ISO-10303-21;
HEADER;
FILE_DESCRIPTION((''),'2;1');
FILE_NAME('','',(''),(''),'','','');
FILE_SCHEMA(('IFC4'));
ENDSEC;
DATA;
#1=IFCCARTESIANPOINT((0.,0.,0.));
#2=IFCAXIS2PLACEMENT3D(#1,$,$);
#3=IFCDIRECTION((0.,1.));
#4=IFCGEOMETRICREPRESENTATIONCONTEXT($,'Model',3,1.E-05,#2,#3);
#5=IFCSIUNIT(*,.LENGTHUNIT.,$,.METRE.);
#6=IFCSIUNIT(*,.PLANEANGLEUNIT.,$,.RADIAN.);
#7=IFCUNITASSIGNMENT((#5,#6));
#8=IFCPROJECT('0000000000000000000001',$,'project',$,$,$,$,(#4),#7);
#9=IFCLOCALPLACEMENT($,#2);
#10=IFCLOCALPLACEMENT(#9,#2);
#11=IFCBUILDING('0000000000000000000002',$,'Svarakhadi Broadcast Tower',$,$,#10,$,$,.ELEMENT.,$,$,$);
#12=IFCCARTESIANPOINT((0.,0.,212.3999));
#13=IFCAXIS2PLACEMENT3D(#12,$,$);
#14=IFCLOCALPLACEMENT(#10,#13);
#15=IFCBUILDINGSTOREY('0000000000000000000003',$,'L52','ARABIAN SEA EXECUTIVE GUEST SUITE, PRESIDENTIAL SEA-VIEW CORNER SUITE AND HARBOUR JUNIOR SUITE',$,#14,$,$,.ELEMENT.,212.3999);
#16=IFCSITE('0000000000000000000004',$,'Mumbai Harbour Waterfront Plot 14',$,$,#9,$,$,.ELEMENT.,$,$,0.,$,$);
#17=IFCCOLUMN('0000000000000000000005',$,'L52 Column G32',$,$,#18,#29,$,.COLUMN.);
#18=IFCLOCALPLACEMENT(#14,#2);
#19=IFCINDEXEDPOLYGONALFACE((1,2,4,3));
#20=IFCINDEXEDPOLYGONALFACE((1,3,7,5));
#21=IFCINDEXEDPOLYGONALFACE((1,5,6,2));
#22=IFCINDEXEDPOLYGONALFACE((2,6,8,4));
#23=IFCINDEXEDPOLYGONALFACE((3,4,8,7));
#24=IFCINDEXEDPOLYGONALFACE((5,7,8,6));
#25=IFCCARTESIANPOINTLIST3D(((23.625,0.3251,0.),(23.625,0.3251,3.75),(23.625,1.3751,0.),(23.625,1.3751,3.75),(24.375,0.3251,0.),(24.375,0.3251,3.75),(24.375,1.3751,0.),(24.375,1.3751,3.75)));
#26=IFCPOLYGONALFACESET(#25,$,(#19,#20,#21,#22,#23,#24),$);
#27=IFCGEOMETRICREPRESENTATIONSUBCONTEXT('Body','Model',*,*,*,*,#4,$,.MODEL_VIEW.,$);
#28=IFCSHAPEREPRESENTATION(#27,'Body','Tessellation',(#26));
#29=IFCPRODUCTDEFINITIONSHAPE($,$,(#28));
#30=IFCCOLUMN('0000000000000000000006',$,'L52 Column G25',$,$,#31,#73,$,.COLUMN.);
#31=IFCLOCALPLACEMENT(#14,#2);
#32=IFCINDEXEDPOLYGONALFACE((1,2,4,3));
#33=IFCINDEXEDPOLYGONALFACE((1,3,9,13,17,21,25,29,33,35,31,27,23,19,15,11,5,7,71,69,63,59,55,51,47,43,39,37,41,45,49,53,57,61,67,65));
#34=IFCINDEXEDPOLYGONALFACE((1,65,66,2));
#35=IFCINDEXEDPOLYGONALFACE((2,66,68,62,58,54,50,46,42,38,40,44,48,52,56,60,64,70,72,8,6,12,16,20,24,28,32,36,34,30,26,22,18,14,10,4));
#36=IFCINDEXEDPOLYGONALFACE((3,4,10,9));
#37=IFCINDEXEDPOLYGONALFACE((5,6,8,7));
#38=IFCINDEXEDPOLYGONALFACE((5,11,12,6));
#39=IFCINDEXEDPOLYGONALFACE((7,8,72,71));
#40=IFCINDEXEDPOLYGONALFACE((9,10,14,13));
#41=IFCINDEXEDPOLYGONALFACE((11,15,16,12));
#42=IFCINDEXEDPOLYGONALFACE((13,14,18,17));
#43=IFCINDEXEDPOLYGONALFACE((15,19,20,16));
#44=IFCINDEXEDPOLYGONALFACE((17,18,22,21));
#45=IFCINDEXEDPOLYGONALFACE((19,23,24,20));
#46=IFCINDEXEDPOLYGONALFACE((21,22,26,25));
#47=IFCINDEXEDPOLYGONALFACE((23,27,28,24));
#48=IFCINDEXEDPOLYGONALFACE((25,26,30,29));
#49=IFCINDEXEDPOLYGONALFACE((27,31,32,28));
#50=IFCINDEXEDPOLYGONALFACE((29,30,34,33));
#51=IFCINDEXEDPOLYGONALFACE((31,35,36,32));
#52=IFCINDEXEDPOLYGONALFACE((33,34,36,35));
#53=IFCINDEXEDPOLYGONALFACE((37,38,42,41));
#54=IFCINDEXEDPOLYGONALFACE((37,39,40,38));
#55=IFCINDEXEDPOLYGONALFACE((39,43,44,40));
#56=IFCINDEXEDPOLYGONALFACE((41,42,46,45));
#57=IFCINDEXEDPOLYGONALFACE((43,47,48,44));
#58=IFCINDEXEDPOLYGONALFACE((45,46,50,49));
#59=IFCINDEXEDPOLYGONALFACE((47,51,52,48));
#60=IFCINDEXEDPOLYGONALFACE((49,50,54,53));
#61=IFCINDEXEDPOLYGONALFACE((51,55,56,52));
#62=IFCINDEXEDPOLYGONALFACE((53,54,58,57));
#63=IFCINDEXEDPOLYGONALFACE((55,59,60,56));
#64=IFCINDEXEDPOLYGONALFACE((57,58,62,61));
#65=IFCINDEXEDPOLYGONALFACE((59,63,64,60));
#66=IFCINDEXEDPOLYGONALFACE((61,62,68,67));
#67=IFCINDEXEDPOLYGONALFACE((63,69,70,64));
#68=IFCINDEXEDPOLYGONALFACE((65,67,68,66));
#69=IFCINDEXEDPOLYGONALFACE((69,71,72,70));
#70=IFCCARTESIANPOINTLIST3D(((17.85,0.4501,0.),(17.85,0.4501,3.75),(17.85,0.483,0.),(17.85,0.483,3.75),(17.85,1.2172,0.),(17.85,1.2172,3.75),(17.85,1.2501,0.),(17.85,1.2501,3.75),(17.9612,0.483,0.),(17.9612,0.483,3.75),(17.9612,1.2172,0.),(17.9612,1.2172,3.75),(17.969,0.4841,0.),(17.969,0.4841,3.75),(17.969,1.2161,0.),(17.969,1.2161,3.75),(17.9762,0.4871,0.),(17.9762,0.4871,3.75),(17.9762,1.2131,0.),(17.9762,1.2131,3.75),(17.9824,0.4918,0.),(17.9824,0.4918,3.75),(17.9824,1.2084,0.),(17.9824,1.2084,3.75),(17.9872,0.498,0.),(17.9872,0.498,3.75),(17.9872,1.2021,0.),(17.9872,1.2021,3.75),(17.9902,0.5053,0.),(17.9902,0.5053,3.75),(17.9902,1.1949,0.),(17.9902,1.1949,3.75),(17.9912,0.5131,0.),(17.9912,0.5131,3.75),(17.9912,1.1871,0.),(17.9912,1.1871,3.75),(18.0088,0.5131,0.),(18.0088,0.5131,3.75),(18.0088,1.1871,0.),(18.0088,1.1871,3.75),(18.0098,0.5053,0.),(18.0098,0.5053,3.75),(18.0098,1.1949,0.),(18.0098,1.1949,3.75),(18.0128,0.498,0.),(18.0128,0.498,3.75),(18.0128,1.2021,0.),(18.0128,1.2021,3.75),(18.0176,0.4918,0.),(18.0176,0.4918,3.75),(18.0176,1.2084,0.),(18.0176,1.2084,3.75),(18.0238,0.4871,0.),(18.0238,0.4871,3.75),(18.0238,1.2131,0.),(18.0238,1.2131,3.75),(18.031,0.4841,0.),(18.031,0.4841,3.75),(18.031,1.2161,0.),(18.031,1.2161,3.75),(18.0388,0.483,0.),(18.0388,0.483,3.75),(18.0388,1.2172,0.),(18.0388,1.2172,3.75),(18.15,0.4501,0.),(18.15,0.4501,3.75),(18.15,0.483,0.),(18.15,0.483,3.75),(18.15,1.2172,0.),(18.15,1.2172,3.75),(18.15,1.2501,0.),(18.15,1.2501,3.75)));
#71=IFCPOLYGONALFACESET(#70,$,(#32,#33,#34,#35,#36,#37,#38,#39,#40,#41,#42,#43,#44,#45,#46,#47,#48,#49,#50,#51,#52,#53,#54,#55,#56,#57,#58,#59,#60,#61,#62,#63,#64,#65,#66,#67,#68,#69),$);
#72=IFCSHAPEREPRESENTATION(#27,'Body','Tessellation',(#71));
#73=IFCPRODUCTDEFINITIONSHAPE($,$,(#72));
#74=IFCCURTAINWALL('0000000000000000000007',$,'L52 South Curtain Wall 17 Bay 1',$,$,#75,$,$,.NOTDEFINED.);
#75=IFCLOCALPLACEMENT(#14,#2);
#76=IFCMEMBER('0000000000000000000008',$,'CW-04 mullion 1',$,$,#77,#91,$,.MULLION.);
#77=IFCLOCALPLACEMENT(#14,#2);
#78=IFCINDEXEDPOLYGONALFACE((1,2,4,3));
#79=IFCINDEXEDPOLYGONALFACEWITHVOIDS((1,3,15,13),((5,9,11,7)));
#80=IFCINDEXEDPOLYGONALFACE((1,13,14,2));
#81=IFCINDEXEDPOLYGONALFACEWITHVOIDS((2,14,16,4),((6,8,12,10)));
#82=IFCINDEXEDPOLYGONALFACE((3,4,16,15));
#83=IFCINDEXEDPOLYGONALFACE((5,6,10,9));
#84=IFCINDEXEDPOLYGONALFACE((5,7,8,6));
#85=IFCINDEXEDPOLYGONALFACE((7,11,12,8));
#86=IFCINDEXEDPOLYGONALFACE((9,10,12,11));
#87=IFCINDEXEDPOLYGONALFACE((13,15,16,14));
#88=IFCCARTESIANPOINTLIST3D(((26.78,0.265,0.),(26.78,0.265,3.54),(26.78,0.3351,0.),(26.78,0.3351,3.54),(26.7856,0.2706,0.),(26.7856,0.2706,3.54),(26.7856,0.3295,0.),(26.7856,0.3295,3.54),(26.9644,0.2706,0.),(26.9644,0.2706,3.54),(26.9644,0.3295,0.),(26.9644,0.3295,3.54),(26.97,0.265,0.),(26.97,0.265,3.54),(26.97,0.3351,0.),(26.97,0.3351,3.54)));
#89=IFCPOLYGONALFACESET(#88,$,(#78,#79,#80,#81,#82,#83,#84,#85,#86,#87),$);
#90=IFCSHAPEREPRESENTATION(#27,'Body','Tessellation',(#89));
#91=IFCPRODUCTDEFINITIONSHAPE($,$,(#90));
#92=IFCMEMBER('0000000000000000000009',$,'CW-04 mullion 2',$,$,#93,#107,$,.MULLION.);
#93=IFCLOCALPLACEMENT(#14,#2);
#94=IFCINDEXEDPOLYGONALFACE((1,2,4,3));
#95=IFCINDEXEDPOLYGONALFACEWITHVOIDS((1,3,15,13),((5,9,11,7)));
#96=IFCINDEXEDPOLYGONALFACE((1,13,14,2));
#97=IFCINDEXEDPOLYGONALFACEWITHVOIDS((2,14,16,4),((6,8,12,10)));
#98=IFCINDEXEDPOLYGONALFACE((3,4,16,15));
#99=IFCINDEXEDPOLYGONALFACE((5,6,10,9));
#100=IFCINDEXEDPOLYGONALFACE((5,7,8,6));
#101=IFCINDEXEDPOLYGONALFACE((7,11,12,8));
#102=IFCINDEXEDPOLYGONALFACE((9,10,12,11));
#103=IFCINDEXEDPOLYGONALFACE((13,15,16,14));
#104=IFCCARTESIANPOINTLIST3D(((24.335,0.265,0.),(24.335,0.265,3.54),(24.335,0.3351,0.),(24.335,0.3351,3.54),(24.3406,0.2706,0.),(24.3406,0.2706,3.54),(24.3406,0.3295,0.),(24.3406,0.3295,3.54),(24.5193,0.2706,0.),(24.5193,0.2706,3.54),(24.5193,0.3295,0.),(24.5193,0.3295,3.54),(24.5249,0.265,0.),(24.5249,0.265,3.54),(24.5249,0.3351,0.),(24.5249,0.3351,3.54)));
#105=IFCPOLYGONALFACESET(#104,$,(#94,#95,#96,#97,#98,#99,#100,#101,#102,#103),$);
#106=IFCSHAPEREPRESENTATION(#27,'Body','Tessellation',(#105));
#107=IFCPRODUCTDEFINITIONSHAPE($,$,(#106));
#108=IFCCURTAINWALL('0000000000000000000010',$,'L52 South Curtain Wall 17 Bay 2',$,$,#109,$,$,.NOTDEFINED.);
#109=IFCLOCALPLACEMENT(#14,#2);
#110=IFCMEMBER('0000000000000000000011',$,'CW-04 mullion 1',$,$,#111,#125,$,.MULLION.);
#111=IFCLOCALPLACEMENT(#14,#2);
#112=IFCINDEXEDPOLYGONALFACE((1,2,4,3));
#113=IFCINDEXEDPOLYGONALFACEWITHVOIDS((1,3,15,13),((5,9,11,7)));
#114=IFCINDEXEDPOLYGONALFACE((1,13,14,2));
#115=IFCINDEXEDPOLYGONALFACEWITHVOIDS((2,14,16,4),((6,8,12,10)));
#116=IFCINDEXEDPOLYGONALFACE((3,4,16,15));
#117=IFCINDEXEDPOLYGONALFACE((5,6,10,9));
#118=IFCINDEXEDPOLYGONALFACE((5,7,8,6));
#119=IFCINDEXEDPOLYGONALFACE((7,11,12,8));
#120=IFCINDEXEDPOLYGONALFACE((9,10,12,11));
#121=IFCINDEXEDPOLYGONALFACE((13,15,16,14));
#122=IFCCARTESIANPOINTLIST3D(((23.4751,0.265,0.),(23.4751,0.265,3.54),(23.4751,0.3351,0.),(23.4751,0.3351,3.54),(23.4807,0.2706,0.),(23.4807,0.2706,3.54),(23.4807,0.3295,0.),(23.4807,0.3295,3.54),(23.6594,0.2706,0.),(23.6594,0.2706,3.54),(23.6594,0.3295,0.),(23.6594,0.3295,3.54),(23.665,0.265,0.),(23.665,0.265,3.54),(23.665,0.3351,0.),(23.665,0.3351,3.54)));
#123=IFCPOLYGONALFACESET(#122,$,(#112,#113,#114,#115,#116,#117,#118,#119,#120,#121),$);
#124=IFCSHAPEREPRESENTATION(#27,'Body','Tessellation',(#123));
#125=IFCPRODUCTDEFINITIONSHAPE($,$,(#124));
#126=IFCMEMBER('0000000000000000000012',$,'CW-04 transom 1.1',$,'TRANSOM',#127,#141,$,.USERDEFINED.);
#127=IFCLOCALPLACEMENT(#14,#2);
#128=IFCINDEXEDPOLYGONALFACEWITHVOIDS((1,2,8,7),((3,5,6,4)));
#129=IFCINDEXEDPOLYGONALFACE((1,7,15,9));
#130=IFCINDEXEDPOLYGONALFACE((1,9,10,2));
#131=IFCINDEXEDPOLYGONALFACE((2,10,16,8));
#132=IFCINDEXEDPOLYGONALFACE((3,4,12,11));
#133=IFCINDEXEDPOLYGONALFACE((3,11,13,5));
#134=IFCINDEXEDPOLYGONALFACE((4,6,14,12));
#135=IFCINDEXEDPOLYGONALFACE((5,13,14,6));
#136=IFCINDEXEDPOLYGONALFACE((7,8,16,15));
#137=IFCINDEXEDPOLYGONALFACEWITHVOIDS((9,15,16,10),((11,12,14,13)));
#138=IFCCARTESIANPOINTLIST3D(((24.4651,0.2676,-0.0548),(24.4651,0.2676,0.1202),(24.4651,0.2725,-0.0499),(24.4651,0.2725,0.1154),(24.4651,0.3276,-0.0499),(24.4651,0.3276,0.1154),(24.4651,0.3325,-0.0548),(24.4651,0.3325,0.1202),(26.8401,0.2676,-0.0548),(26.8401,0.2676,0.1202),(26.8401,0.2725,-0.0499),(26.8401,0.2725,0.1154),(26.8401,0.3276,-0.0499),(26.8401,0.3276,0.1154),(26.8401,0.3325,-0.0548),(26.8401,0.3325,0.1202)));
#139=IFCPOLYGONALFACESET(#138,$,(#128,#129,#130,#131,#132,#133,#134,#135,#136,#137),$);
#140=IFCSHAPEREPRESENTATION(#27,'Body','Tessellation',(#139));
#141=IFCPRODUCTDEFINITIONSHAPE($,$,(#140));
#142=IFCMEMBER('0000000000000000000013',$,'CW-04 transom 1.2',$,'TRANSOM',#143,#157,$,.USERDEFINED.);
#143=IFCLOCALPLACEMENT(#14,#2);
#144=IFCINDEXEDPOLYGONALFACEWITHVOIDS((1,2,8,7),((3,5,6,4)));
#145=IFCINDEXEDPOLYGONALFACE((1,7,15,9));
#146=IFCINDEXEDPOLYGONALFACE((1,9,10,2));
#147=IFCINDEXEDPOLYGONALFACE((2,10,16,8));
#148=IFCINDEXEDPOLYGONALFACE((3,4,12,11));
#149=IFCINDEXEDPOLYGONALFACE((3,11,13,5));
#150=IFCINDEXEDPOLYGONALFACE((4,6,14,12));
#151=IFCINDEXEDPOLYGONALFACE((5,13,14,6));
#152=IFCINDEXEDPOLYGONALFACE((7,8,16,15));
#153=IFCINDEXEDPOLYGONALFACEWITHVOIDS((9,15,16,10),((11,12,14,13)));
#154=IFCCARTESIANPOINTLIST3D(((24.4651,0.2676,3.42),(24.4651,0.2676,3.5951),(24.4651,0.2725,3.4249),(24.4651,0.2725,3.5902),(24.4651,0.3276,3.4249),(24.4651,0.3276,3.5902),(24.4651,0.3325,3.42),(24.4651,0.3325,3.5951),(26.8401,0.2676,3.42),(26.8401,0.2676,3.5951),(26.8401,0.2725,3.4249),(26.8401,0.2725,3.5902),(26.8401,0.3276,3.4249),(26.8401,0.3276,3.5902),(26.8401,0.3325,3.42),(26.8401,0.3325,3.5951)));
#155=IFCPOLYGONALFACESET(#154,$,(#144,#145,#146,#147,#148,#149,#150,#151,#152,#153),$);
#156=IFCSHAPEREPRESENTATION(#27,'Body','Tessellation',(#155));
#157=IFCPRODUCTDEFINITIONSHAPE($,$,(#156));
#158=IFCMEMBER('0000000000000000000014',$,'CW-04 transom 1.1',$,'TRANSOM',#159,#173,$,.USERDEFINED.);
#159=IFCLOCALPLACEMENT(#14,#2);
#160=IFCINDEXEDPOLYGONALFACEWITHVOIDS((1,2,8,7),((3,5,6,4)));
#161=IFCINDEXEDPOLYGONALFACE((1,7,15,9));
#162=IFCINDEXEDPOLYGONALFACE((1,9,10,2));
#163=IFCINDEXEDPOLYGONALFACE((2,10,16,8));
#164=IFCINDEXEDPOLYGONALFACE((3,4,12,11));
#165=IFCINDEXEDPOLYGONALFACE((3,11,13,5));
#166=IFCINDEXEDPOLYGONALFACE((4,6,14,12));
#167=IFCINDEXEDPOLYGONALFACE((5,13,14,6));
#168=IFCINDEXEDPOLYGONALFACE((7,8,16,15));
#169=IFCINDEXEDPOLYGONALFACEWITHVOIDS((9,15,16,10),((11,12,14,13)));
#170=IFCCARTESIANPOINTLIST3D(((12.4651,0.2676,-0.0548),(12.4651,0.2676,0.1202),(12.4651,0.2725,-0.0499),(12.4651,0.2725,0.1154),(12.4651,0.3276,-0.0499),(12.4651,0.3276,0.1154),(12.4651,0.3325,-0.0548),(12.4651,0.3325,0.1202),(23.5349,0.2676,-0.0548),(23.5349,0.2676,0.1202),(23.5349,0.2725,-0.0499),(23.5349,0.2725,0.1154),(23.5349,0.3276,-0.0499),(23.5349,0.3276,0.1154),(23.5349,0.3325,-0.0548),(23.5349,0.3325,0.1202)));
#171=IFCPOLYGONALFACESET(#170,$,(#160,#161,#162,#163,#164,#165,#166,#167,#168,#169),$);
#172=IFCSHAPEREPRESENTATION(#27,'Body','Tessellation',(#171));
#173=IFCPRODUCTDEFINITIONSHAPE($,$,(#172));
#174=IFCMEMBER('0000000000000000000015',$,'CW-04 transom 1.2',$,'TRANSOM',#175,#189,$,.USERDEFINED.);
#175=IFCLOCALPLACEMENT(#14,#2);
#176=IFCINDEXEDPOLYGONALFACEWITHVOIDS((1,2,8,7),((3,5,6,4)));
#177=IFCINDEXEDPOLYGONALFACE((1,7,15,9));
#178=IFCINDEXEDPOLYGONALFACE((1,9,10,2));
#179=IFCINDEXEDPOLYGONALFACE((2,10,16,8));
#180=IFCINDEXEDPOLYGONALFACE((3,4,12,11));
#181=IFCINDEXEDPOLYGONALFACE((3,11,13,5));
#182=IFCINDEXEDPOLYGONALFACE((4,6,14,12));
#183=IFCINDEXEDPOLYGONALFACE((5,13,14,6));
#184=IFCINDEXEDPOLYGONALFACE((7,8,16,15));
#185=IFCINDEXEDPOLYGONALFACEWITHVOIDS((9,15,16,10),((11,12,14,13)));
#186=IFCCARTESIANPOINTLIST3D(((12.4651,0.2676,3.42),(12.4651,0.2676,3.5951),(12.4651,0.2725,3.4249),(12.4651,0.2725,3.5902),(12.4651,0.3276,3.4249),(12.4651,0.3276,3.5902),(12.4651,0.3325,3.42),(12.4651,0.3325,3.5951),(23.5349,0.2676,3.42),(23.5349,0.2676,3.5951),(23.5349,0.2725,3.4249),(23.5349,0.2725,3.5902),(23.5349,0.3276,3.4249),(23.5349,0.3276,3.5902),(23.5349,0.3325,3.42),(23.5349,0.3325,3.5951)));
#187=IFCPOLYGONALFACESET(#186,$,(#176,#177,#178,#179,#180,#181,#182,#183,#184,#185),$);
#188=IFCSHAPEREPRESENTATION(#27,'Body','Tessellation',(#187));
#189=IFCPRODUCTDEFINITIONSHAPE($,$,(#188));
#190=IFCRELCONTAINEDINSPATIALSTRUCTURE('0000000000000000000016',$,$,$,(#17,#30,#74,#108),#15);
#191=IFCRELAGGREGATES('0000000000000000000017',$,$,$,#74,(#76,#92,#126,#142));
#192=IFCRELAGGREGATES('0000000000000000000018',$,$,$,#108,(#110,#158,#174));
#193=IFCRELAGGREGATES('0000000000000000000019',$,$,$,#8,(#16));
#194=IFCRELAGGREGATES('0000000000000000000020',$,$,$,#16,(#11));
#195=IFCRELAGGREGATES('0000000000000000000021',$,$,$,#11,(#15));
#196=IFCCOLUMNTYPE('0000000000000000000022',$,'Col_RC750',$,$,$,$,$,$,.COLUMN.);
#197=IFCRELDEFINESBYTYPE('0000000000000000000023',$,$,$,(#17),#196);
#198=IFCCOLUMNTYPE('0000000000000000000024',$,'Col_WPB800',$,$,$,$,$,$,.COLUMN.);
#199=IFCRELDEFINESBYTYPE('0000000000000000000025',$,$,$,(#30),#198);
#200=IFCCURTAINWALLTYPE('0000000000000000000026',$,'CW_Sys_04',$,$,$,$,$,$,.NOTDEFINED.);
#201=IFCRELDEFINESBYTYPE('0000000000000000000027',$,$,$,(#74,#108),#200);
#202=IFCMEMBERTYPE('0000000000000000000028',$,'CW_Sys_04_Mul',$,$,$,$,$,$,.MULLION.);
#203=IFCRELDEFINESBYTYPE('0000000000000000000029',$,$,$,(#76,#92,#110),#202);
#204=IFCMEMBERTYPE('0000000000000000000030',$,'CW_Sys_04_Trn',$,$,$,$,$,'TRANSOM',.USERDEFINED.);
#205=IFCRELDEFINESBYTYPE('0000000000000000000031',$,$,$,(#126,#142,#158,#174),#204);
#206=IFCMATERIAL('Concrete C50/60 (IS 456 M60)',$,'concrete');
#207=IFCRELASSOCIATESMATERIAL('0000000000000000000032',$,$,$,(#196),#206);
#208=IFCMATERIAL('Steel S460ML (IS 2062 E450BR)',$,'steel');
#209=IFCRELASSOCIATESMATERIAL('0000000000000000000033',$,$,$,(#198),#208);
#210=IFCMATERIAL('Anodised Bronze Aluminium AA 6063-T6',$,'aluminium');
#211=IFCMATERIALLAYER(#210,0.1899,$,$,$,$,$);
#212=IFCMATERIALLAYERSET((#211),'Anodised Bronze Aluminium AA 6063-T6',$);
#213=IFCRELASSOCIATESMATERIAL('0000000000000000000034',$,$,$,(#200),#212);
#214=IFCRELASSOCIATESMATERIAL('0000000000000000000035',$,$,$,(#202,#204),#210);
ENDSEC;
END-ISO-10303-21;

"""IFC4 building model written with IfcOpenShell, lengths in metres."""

from ifc_helpers import new_model, si_unit, direction, frame, origin, origin_2d, place, context, subcontext, project, spatial, rectangle, hollow_rectangle, i_section, extrude, material, layer, layer_set, material_profile, profile_set, type_object, element, aggregate, save


model = new_model("IFC4")

# Units and contexts
model_context = context("Model", 3, precision=1e-05, world=origin(), true_north=direction((0.0, 1.0)))
body_context = subcontext(model_context, "Body", "Model", "MODEL_VIEW")
ifc_project = project(units=[si_unit("LENGTHUNIT", "METRE"), si_unit("PLANEANGLEUNIT", "RADIAN")], contexts=[model_context])

# Site, building, storey
site_placement = place(None, origin())
site = spatial("IfcSite", under=ifc_project, at=site_placement, Name="Mumbai Harbour Waterfront Plot 14", CompositionType="ELEMENT", RefElevation=0.0)
building_placement = place(site_placement, origin())
building = spatial("IfcBuilding", under=site, at=building_placement, Name="Svarakhadi Broadcast Tower", CompositionType="ELEMENT")
storey_placement = place(building_placement, frame((0.0, 0.0, 212.3999)))
storey = spatial("IfcBuildingStorey", under=building, at=storey_placement, Name="L52", Description="ARABIAN SEA EXECUTIVE GUEST SUITE, PRESIDENTIAL SEA-VIEW CORNER SUITE AND HARBOUR JUNIOR SUITE", CompositionType="ELEMENT", Elevation=212.3999)

# Columns
ifc_material_1 = material(Name="Concrete C50/60 (IS 456 M60)", Category="concrete")
ifc_material_profile_1 = material_profile(ifc_material_1, rectangle(XDim=0.75, YDim=1.05, at=origin_2d()), Name="RC 750x1050")
ifc_profile_set_1 = profile_set([ifc_material_profile_1], Name="Concrete C50/60 (IS 456 M60)")
column_type_1 = type_object("IfcColumnType", Name="Col_RC750", PredefinedType="COLUMN", material=ifc_profile_set_1)
column_1_placement = place(storey_placement, frame((24.0, 0.8501, 0.0), z_axis=(0.0, 0.0, 1.0), x_axis=(1.0, 0.0, 0.0)))
element("IfcColumn", 1, at=column_1_placement, inside=storey, type_object=column_type_1, Name="L52 Column G32", PredefinedType="COLUMN", context=body_context, shape_type="SweptSolid", body=[
    extrude(rectangle(XDim=0.75, YDim=1.05, at=origin_2d()), origin(), (0.0, 0.0, 1.0), 3.75),
])
ifc_material_2 = material(Name="Steel S460ML (IS 2062 E450BR)", Category="steel")
ifc_material_profile_2 = material_profile(ifc_material_2, i_section(OverallWidth=0.3, OverallDepth=0.8, WebThickness=0.0176, FlangeThickness=0.033, FilletRadius=0.03, at=origin_2d()), Name="WPB 800x300x262")
ifc_profile_set_2 = profile_set([ifc_material_profile_2], Name="Steel S460ML (IS 2062 E450BR)")
column_type_2 = type_object("IfcColumnType", Name="Col_WPB800", PredefinedType="COLUMN", material=ifc_profile_set_2)
column_2_placement = place(storey_placement, frame((18.0, 0.8501, 0.0), z_axis=(0.0, 0.0, 1.0), x_axis=(1.0, 0.0, 0.0)))
element("IfcColumn", 2, at=column_2_placement, inside=storey, type_object=column_type_2, Name="L52 Column G25", PredefinedType="COLUMN", context=body_context, shape_type="SweptSolid", body=[
    extrude(i_section(OverallWidth=0.3, OverallDepth=0.8, WebThickness=0.0176, FlangeThickness=0.033, FilletRadius=0.03, at=origin_2d()), origin(), (0.0, 0.0, 1.0), 3.75),
])

# Curtain wall, members
ifc_material_3 = material(Name="Anodised Bronze Aluminium AA 6063-T6", Category="aluminium")
ifc_layer_1 = layer(ifc_material_3, 0.1899)
ifc_layer_set_1 = layer_set([ifc_layer_1], Name="Anodised Bronze Aluminium AA 6063-T6")
curtain_wall_type = type_object("IfcCurtainWallType", Name="CW_Sys_04", PredefinedType="NOTDEFINED", material=ifc_layer_set_1)
curtain_wall_1_placement = place(storey_placement, origin())
curtain_wall_1 = element("IfcCurtainWall", 3, at=curtain_wall_1_placement, inside=storey, type_object=curtain_wall_type, Name="L52 South Curtain Wall 17 Bay 1", PredefinedType="NOTDEFINED")
ifc_material_profile_3 = material_profile(ifc_material_3, hollow_rectangle(XDim=0.0701, YDim=0.1899, WallThickness=0.0056, at=origin_2d()), Name="ALU MULLION 190x70x6")
ifc_profile_set_3 = profile_set([ifc_material_profile_3], Name="Anodised Bronze Aluminium AA 6063-T6")
member_type_1 = type_object("IfcMemberType", Name="CW_Sys_04_Mul", PredefinedType="MULLION", material=ifc_profile_set_3)
member_1_placement = place(storey_placement, frame((26.875, 0.3, 0.0), z_axis=(0.0, 0.0, 1.0), x_axis=(0.0, -1.0, 0.0)))
member_1 = element("IfcMember", 4, at=member_1_placement, type_object=member_type_1, Name="CW-04 mullion 1", PredefinedType="MULLION", context=body_context, shape_type="SweptSolid", body=[
    extrude(hollow_rectangle(XDim=0.0701, YDim=0.1899, WallThickness=0.0056, at=origin_2d()), origin(), (0.0, 0.0, 1.0), 3.54),
])
member_2_placement = place(storey_placement, frame((24.4299, 0.3, 0.0), z_axis=(0.0, 0.0, 1.0), x_axis=(0.0, -1.0, 0.0)))
member_2 = element("IfcMember", 5, at=member_2_placement, type_object=member_type_1, Name="CW-04 mullion 2", PredefinedType="MULLION", context=body_context, shape_type="SweptSolid", body=[
    extrude(hollow_rectangle(XDim=0.0701, YDim=0.1899, WallThickness=0.0056, at=origin_2d()), origin(), (0.0, 0.0, 1.0), 3.54),
])

# Curtain wall, member
curtain_wall_2_placement = place(storey_placement, origin())
curtain_wall_2 = element("IfcCurtainWall", 6, at=curtain_wall_2_placement, inside=storey, type_object=curtain_wall_type, Name="L52 South Curtain Wall 17 Bay 2", PredefinedType="NOTDEFINED")
member_3_placement = place(storey_placement, frame((23.5701, 0.3, 0.0), z_axis=(0.0, 0.0, 1.0), x_axis=(0.0, -1.0, 0.0)))
member_3 = element("IfcMember", 7, at=member_3_placement, type_object=member_type_1, Name="CW-04 mullion 1", PredefinedType="MULLION", context=body_context, shape_type="SweptSolid", body=[
    extrude(hollow_rectangle(XDim=0.0701, YDim=0.1899, WallThickness=0.0056, at=origin_2d()), origin(), (0.0, 0.0, 1.0), 3.54),
])

# Members
ifc_material_profile_4 = material_profile(ifc_material_3, hollow_rectangle(XDim=0.0649, YDim=0.175, WallThickness=0.0049, at=origin_2d()), Name="ALU TRANSOM 175x65x5")
ifc_profile_set_4 = profile_set([ifc_material_profile_4], Name="Anodised Bronze Aluminium AA 6063-T6")
member_type_2 = type_object("IfcMemberType", Name="CW_Sys_04_Trn", ElementType="TRANSOM", PredefinedType="USERDEFINED", material=ifc_profile_set_4)
member_4_placement = place(storey_placement, frame((26.8401, 0.3, 0.0327), z_axis=(-1.0, 0.0, 0.0), x_axis=(0.0, -1.0, 0.0)))
member_4 = element("IfcMember", 8, at=member_4_placement, type_object=member_type_2, Name="CW-04 transom 1.1", ObjectType="TRANSOM", PredefinedType="USERDEFINED", context=body_context, shape_type="SweptSolid", body=[
    extrude(hollow_rectangle(XDim=0.0649, YDim=0.175, WallThickness=0.0049, at=origin_2d()), origin(), (0.0, 0.0, 1.0), 2.375),
])
member_5_placement = place(storey_placement, frame((26.8401, 0.3, 3.5076), z_axis=(-1.0, 0.0, 0.0), x_axis=(0.0, -1.0, 0.0)))
member_5 = element("IfcMember", 9, at=member_5_placement, type_object=member_type_2, Name="CW-04 transom 1.2", ObjectType="TRANSOM", PredefinedType="USERDEFINED", context=body_context, shape_type="SweptSolid", body=[
    extrude(hollow_rectangle(XDim=0.0649, YDim=0.175, WallThickness=0.0049, at=origin_2d()), origin(), (0.0, 0.0, 1.0), 2.375),
])
member_6_placement = place(storey_placement, frame((23.5349, 0.3, 0.0327), z_axis=(-1.0, 0.0, 0.0), x_axis=(0.0, -1.0, 0.0)))
member_6 = element("IfcMember", 10, at=member_6_placement, type_object=member_type_2, Name="CW-04 transom 1.1", ObjectType="TRANSOM", PredefinedType="USERDEFINED", context=body_context, shape_type="SweptSolid", body=[
    extrude(hollow_rectangle(XDim=0.0649, YDim=0.175, WallThickness=0.0049, at=origin_2d()), origin(), (0.0, 0.0, 1.0), 11.0698),
])
member_7_placement = place(storey_placement, frame((23.5349, 0.3, 3.5076), z_axis=(-1.0, 0.0, 0.0), x_axis=(0.0, -1.0, 0.0)))
member_7 = element("IfcMember", 11, at=member_7_placement, type_object=member_type_2, Name="CW-04 transom 1.2", ObjectType="TRANSOM", PredefinedType="USERDEFINED", context=body_context, shape_type="SweptSolid", body=[
    extrude(hollow_rectangle(XDim=0.0649, YDim=0.175, WallThickness=0.0049, at=origin_2d()), origin(), (0.0, 0.0, 1.0), 11.0698),
])

aggregate(curtain_wall_1, [member_1, member_2, member_4, member_5])
aggregate(curtain_wall_2, [member_3, member_6, member_7])

save(model, "model.ifc")
